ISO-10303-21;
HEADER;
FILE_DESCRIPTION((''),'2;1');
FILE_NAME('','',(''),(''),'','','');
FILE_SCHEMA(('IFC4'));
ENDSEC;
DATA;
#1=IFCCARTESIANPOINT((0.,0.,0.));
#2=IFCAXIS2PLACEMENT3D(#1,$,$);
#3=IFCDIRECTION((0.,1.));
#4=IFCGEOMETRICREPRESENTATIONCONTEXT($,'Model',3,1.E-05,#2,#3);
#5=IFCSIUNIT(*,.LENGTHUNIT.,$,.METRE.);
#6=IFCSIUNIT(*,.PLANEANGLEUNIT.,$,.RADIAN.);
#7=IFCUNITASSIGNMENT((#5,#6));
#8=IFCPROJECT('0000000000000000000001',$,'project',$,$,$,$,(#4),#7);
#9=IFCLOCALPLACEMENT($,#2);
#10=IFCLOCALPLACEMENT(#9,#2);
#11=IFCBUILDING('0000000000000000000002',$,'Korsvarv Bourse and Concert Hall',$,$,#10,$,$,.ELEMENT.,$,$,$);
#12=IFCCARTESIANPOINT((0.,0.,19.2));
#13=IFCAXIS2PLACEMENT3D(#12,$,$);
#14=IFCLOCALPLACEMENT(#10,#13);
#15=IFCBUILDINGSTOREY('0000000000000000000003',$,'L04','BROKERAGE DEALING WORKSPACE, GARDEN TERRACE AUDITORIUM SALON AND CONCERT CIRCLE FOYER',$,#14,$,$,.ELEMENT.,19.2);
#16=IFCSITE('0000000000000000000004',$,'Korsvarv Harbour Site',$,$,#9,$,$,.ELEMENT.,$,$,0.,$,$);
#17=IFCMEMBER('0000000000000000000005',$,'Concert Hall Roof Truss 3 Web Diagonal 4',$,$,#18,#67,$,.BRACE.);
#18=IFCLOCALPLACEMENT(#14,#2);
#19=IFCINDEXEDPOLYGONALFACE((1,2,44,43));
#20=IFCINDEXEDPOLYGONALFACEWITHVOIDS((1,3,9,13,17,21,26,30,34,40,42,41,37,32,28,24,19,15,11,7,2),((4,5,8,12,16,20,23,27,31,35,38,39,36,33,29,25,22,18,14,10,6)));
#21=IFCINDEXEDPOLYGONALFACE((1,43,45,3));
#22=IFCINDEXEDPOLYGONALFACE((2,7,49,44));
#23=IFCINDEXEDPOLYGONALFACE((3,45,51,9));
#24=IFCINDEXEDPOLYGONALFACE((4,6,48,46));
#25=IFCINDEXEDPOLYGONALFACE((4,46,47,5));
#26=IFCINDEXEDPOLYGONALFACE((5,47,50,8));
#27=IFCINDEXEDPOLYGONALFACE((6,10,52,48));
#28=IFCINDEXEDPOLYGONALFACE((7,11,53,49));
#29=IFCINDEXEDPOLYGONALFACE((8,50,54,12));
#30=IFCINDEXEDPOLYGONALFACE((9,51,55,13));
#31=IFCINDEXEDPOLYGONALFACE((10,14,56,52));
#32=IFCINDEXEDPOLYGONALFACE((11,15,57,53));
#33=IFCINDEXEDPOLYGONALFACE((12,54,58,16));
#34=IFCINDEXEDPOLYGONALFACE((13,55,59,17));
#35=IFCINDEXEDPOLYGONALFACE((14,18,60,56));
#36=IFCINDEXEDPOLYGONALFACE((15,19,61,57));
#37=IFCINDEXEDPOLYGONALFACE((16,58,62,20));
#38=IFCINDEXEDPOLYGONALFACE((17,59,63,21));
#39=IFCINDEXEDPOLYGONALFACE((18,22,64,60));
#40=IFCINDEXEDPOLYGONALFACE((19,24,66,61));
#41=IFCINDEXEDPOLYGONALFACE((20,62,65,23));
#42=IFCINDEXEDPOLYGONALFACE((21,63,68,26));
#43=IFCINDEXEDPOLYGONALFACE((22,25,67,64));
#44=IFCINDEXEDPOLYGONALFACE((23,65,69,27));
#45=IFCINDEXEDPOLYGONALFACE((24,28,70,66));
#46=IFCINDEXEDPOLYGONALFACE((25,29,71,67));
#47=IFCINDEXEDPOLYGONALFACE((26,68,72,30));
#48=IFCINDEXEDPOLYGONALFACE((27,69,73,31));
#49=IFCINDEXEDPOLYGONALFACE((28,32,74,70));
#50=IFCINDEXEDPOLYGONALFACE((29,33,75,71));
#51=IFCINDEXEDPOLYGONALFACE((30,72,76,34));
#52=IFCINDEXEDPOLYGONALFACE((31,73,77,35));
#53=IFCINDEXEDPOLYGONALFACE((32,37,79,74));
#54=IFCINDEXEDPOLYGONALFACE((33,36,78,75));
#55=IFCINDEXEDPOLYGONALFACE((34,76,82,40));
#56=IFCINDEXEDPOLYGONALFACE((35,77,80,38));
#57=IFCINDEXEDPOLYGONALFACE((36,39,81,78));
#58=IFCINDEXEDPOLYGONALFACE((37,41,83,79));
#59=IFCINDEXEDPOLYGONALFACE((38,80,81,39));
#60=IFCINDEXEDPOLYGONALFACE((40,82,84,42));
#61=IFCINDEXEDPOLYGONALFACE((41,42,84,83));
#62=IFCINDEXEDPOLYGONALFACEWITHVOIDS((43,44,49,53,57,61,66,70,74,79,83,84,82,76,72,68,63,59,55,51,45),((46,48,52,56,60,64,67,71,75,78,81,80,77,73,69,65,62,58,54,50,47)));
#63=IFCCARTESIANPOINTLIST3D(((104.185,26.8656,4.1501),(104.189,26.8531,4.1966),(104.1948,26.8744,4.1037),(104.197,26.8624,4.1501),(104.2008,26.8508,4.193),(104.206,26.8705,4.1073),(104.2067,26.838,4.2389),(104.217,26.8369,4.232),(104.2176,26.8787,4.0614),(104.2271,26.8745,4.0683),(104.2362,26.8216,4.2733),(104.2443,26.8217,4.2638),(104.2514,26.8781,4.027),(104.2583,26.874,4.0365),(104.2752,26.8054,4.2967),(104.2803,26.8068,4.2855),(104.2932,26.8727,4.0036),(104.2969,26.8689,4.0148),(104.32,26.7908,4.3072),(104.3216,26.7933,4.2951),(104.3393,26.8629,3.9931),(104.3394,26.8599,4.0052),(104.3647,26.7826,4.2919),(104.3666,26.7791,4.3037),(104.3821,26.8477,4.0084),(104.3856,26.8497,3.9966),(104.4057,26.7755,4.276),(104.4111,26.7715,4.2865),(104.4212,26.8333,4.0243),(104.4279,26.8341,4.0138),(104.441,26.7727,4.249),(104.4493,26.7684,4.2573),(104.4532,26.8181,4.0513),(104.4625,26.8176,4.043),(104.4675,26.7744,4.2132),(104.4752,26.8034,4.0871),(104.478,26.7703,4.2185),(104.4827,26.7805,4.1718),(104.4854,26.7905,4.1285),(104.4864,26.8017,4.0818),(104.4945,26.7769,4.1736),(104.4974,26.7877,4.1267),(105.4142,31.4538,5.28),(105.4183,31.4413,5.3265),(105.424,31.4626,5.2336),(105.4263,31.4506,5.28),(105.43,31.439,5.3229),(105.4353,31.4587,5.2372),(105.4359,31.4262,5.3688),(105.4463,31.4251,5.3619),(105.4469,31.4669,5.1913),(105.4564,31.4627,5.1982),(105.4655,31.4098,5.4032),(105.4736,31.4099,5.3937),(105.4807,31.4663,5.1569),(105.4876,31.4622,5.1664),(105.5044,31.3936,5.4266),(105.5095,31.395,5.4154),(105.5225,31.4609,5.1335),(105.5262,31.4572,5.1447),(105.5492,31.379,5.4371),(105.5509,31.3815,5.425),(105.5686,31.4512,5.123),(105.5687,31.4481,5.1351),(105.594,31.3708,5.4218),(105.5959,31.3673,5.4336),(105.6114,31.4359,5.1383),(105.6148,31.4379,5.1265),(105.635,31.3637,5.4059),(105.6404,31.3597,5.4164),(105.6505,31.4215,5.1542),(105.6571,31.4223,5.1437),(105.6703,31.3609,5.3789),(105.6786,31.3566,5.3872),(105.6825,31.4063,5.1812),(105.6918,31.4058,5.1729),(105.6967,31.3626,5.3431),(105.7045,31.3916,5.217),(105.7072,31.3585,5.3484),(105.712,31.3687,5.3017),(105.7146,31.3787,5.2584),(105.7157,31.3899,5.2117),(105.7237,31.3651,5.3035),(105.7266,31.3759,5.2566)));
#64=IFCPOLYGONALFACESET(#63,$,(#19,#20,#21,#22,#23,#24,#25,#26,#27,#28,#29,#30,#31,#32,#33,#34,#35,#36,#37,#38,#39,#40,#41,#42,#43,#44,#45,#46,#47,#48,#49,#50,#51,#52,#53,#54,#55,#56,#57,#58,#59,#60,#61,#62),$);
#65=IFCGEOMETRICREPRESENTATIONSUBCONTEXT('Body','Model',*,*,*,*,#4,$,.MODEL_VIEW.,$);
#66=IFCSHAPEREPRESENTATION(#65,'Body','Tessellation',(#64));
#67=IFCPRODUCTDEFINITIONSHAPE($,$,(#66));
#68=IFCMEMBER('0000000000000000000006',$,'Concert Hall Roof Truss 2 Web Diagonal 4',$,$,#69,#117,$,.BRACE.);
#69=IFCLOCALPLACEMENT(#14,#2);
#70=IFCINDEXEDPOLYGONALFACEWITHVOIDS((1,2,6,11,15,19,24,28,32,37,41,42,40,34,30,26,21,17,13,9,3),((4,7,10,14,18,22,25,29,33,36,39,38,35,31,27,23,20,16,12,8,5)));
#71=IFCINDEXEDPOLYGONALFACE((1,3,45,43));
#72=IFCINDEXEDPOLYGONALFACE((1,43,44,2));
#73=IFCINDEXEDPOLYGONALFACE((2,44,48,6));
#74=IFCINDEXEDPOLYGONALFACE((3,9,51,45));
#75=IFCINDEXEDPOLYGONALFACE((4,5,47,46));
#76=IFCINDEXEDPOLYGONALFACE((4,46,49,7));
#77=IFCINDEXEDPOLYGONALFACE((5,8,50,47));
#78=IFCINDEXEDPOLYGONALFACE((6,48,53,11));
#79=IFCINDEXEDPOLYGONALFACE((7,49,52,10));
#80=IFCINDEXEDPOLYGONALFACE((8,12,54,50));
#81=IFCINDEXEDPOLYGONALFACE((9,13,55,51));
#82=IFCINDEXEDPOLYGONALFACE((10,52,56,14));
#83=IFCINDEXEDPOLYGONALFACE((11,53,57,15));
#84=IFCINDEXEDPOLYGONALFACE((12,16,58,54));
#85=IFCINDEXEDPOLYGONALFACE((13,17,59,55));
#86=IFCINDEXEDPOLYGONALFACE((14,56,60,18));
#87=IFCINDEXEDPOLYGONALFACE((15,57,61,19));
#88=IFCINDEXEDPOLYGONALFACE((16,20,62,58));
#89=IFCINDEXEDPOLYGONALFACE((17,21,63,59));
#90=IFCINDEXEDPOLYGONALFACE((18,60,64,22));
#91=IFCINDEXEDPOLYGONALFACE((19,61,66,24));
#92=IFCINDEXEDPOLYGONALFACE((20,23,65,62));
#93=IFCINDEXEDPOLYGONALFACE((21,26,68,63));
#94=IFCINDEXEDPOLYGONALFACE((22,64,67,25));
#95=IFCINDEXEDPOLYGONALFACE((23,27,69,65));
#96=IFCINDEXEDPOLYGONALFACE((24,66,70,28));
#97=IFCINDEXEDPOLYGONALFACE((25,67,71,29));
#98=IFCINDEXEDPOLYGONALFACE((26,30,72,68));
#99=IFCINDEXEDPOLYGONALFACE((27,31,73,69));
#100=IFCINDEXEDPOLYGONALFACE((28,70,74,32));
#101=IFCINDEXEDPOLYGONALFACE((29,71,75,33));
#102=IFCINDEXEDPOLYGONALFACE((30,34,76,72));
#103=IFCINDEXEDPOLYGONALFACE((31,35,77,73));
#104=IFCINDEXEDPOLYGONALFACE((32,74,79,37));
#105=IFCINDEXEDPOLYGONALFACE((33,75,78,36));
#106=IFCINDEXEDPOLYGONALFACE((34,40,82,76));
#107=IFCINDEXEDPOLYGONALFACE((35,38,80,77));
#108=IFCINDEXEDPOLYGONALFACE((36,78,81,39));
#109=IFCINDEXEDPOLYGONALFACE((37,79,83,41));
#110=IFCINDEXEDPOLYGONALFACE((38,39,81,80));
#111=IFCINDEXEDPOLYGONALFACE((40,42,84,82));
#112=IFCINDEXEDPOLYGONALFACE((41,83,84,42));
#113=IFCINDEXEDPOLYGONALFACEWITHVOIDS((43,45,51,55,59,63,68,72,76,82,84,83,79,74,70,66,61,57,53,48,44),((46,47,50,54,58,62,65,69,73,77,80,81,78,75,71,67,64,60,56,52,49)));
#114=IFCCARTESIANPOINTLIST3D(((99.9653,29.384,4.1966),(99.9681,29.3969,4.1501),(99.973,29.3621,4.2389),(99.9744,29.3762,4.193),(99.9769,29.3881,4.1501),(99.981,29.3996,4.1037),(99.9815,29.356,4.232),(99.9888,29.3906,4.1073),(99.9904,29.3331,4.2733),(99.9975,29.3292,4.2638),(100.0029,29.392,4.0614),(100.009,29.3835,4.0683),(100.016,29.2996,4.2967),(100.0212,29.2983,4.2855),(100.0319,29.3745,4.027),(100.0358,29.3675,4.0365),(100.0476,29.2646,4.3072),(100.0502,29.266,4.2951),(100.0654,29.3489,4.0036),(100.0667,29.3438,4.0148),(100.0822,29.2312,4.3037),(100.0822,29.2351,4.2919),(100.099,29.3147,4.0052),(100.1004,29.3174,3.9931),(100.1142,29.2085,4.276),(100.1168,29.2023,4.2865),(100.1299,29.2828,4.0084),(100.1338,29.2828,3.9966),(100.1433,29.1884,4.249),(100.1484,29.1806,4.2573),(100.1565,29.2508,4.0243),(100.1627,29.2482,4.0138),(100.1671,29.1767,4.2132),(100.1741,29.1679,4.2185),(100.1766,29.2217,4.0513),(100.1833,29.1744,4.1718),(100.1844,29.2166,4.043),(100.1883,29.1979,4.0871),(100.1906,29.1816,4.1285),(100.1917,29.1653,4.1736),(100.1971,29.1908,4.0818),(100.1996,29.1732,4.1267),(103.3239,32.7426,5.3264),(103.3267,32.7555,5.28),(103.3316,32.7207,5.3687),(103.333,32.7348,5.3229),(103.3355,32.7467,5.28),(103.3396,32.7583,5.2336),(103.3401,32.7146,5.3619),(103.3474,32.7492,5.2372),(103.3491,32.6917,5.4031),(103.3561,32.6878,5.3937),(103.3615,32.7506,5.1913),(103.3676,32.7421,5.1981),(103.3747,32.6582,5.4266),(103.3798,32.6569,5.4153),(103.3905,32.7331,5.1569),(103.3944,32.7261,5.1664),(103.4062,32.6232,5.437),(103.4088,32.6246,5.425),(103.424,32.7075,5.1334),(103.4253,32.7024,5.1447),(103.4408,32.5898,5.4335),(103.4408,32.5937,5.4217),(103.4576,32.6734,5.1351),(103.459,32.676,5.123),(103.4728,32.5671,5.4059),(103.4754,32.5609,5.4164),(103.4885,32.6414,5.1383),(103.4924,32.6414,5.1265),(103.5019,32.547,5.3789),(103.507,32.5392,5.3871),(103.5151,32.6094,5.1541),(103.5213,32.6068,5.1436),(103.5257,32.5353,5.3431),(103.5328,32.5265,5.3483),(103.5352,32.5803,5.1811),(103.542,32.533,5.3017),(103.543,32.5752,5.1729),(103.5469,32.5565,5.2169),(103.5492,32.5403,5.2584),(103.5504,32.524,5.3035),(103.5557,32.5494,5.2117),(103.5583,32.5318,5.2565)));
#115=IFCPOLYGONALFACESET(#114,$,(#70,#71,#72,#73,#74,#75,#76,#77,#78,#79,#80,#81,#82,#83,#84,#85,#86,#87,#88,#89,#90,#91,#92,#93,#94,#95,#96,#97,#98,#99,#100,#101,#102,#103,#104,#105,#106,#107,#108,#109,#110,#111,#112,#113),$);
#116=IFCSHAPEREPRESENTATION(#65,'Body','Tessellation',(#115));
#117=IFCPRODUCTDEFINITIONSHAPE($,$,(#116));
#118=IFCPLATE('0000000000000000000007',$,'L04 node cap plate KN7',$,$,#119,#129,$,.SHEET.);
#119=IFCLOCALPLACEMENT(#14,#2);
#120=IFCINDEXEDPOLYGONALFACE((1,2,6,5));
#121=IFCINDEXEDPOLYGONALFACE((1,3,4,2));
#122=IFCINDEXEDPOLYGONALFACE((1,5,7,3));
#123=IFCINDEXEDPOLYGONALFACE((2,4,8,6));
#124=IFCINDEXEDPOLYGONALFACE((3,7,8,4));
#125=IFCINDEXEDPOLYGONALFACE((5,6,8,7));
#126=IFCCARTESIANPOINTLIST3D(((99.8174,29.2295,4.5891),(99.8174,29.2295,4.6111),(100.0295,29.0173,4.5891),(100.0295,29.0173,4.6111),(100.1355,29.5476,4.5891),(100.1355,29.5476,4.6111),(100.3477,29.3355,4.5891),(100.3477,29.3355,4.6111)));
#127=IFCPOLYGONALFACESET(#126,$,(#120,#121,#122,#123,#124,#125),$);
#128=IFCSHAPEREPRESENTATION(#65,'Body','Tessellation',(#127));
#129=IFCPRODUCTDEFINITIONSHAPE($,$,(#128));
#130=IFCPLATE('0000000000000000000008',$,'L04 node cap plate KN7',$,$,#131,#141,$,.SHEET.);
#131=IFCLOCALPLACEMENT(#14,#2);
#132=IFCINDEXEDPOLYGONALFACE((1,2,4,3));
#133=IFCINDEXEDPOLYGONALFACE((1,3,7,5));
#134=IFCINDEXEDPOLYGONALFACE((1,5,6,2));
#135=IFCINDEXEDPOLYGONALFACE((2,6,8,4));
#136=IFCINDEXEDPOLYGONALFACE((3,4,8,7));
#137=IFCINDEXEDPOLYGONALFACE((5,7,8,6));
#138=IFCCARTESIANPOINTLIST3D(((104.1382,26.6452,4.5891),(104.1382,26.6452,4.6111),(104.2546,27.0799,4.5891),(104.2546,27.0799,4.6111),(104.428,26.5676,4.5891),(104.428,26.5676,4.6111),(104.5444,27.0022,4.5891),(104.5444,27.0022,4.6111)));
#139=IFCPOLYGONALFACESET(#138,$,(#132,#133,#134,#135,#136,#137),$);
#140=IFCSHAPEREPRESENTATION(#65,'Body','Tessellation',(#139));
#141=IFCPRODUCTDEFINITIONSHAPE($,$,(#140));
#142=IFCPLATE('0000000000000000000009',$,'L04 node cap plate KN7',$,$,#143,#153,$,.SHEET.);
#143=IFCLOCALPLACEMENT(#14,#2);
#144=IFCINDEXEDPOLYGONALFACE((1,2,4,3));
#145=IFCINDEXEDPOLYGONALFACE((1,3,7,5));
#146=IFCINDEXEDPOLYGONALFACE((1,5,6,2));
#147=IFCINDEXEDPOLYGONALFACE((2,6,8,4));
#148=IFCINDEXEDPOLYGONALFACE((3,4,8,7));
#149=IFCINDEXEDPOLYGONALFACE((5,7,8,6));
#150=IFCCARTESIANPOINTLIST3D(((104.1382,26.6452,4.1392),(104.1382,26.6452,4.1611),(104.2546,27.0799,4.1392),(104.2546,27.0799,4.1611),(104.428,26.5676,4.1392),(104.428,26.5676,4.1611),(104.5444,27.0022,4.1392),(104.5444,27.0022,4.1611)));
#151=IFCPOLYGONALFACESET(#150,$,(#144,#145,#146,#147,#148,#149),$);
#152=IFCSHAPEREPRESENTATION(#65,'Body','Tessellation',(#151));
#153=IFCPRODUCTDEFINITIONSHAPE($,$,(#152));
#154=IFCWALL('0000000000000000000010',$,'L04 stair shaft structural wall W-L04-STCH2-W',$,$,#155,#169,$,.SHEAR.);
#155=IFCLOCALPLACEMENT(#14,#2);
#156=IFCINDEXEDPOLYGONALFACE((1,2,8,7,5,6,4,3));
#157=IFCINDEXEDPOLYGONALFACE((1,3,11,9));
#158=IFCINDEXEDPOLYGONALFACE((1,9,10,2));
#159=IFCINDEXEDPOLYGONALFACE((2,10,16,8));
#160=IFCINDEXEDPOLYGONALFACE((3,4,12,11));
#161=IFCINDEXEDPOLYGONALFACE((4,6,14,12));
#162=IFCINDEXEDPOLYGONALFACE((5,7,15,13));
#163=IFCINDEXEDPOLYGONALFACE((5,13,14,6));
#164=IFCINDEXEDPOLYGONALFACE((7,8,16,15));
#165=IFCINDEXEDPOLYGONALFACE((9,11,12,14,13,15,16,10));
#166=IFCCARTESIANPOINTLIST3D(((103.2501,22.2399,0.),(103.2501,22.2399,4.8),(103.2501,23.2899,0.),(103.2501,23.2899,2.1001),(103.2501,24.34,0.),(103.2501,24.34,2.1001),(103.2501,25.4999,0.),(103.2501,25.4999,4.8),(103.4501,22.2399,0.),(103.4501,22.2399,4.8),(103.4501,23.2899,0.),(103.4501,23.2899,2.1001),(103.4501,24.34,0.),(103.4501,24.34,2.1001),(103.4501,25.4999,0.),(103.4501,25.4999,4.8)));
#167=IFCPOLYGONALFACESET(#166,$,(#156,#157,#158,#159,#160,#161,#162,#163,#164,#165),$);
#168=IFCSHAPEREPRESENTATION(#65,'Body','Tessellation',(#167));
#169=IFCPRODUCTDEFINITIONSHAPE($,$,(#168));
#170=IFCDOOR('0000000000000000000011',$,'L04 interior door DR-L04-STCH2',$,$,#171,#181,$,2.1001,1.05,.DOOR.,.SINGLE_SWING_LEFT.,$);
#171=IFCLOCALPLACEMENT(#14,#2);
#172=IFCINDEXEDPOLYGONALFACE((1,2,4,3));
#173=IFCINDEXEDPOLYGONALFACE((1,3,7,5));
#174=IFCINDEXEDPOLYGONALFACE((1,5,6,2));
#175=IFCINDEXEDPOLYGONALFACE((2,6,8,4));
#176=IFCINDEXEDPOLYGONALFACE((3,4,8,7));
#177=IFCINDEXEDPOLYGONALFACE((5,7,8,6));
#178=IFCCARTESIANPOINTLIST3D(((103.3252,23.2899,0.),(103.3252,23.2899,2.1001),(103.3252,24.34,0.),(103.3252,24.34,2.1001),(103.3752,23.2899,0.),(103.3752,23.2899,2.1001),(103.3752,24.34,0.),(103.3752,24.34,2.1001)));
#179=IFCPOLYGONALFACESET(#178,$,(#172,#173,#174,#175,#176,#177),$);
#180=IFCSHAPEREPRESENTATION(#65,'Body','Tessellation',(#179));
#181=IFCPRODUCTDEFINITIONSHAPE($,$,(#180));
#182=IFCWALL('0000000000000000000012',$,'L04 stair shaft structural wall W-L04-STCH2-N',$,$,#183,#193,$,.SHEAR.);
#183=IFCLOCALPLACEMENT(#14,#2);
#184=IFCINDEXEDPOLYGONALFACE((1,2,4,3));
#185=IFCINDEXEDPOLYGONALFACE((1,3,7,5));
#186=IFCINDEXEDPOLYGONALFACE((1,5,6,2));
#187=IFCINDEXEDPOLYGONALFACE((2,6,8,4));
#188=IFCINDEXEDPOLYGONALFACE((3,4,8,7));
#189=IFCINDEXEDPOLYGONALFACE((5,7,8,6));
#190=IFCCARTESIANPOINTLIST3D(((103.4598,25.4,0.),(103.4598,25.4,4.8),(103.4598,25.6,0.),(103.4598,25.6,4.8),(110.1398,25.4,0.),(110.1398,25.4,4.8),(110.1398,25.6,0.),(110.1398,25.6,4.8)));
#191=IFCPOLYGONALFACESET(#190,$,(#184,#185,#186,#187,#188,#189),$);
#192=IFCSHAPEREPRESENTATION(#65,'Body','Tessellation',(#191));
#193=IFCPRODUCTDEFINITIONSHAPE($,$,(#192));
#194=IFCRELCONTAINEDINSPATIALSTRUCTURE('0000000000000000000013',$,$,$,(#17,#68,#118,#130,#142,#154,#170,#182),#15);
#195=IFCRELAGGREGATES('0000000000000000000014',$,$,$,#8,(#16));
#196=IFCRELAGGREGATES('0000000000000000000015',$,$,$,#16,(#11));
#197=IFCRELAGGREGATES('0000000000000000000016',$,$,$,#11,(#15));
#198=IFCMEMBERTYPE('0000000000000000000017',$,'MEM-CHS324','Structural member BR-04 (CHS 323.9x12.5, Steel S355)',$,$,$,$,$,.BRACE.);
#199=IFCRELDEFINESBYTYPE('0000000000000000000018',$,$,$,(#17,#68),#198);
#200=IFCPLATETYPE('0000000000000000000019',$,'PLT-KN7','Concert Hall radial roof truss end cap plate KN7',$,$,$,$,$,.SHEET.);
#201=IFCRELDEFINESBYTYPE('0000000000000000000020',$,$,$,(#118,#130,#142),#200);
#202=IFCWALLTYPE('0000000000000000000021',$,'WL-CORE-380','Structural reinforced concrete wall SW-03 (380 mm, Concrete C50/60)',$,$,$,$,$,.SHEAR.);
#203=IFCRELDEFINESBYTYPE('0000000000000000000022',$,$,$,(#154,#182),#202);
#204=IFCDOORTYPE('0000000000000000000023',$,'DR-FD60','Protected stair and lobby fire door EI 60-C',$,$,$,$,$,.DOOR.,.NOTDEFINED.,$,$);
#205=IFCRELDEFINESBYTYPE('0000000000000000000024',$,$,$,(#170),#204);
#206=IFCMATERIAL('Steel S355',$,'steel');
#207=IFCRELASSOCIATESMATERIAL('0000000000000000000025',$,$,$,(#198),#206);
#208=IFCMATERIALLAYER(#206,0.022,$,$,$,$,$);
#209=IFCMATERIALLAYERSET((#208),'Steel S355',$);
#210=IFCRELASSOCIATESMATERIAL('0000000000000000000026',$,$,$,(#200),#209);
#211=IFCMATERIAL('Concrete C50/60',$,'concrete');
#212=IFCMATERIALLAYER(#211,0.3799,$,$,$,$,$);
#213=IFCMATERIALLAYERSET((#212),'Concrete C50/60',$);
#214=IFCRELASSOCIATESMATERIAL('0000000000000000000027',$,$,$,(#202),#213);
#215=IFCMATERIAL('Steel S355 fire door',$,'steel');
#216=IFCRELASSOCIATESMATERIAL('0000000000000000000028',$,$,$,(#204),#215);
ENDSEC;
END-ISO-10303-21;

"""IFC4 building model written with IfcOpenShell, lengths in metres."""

from ifc_helpers import new_model, si_unit, direction, frame, frame_2d, origin, origin_2d, place, context, subcontext, project, spatial, rectangle, hollow_circle, extrude, source, transform, mapped, material, layer, layer_set, material_profile, profile_set, type_object, element, fill, save


model = new_model("IFC4")

# Units and contexts
model_context = context("Model", 3, precision=1e-05, world=origin(), true_north=direction((0.0, 1.0)))
body_context = subcontext(model_context, "Body", "Model", "MODEL_VIEW")
ifc_project = project(units=[si_unit("LENGTHUNIT", "METRE"), si_unit("PLANEANGLEUNIT", "RADIAN")], contexts=[model_context])

# Site, building, storey
site_placement = place(None, origin())
site = spatial("IfcSite", under=ifc_project, at=site_placement, Name="Korsvarv Harbour Site", CompositionType="ELEMENT", RefElevation=0.0)
building_placement = place(site_placement, origin())
building = spatial("IfcBuilding", under=site, at=building_placement, Name="Korsvarv Bourse and Concert Hall", CompositionType="ELEMENT")
storey_placement = place(building_placement, frame((0.0, 0.0, 19.2)))
storey = spatial("IfcBuildingStorey", under=building, at=storey_placement, Name="L04", Description="BROKERAGE DEALING WORKSPACE, GARDEN TERRACE AUDITORIUM SALON AND CONCERT CIRCLE FOYER", CompositionType="ELEMENT", Elevation=19.2)

# Shared definitions
ifc_material_1 = material(Name="Concrete C50/60", Category="concrete")

# Shared definitions
ifc_material_2 = material(Name="Steel S355", Category="steel")

# Members
ifc_material_profile_1 = material_profile(ifc_material_2, hollow_circle(Radius=0.1619, WallThickness=0.0125, at=origin_2d()), Name="CHS 323.9x12.5")
ifc_profile_set_1 = profile_set([ifc_material_profile_1], Name="Steel S355")
member_type = type_object("IfcMemberType", Name="MEM-CHS324", Description="Structural member BR-04 (CHS 323.9x12.5, Steel S355)", PredefinedType="BRACE", material=ifc_profile_set_1)
shared_shape_1 = source(origin(), body_context, "Body", "SweptSolid", [
    extrude(hollow_circle(Radius=0.1619, WallThickness=0.0125, at=origin_2d()), origin(), (0.0, 0.0, 1.0), 4.8826),
])
member_1_placement = place(storey_placement, frame((104.3413, 26.8237, 4.1501), z_axis=(0.251767, 0.939713, 0.231415), x_axis=(-0.965933, 0.258792, 0.0)))
element("IfcMember", 1, at=member_1_placement, inside=storey, type_object=member_type, Name="Concert Hall Roof Truss 3 Web Diagonal 4", PredefinedType="BRACE", context=body_context, shape_type="MappedRepresentation", body=[
    mapped(shared_shape_1, transform((0.0, 0.0, 0.0), scale=1.0)),
])
shared_shape_2 = source(origin(), body_context, "Body", "SweptSolid", [
    extrude(hollow_circle(Radius=0.1619, WallThickness=0.0125, at=origin_2d()), origin(), (0.0, 0.0, 1.0), 4.8823),
])
member_2_placement = place(storey_placement, frame((100.0825, 29.2825, 4.1501), z_axis=(0.687912, 0.687912, 0.231421), x_axis=(-0.707107, 0.707107, 0.0)))
element("IfcMember", 2, at=member_2_placement, inside=storey, type_object=member_type, Name="Concert Hall Roof Truss 2 Web Diagonal 4", PredefinedType="BRACE", context=body_context, shape_type="MappedRepresentation", body=[
    mapped(shared_shape_2, transform((0.0, 0.0, 0.0), scale=1.0)),
])

# Plates
ifc_layer_1 = layer(ifc_material_2, 0.022)
ifc_layer_set_1 = layer_set([ifc_layer_1], Name="Steel S355")
plate_type = type_object("IfcPlateType", Name="PLT-KN7", Description="Concert Hall radial roof truss end cap plate KN7", PredefinedType="SHEET", material=ifc_layer_set_1)
shared_shape_3 = source(origin(), body_context, "Body", "SweptSolid", [
    extrude(rectangle(XDim=0.45, YDim=0.3, at=origin_2d()), origin(), (0.0, 0.0, 1.0), 0.022),
])
for number, where, z_axis, x_axis, name in (
    (3, (100.0825, 29.2825, 4.5891), (0.0, 0.0, 1.0), (0.707107, 0.707107, 0.0), "L04 node cap plate KN7"),
    (4, (104.3413, 26.8237, 4.5891), (0.0, 0.0, 1.0), (0.258819, 0.965926, 0.0), "L04 node cap plate KN7"),
    (5, (104.3413, 26.8237, 4.1392), (0.0, 0.0, 1.0), (0.258819, 0.965926, 0.0), "L04 node cap plate KN7"),
):
    element("IfcPlate", number, at=place(storey_placement, frame(where, z_axis=z_axis, x_axis=x_axis)), inside=storey, type_object=plate_type, Name=name, PredefinedType="SHEET", context=body_context, shape_type="MappedRepresentation", body=[
        mapped(shared_shape_3, transform((0.0, 0.0, 0.0), scale=1.0)),
    ])

# Wall, opening, door
ifc_layer_2 = layer(ifc_material_1, 0.3799)
ifc_layer_set_2 = layer_set([ifc_layer_2], Name="Concrete C50/60")
wall_type_1 = type_object("IfcWallType", Name="WL-CORE-380", Description="Structural reinforced concrete wall SW-03 (380 mm, Concrete C50/60)", PredefinedType="SHEAR", material=ifc_layer_set_2)
wall_1_placement = place(storey_placement, frame((103.3501, 22.24, 0.0), z_axis=(0.0, 0.0, 1.0), x_axis=(0.0, 1.0, 0.0)))
wall_1 = element("IfcWall", 6, at=wall_1_placement, inside=storey, type_object=wall_type_1, Name="L04 stair shaft structural wall W-L04-STCH2-W", PredefinedType="SHEAR", context=body_context, shape_type="SweptSolid", body=[
    extrude(rectangle(XDim=3.26, YDim=0.2, at=frame_2d((1.6299, 0.0))), origin(), (0.0, 0.0, 1.0), 4.8),
])
opening_placement = place(wall_1_placement, frame((1.05, 0.0, 0.0)))
opening = element("IfcOpeningElement", 7, at=opening_placement, cuts=wall_1, PredefinedType="OPENING", context=body_context, shape_type="SweptSolid", body=[
    extrude(rectangle(XDim=1.05, YDim=2.1001, at=frame_2d((0.5249, 1.05))), frame((0.0, 0.1099, 0.0), z_axis=(0.0, -1.0, 0.0), x_axis=(1.0, 0.0, 0.0)), (0.0, 0.0, 1.0), 0.22),
])
ifc_material_3 = material(Name="Steel S355 fire door", Category="steel")
door_type = type_object("IfcDoorType", Name="DR-FD60", Description="Protected stair and lobby fire door EI 60-C", OperationType="NOTDEFINED", PredefinedType="DOOR", material=ifc_material_3)
door_placement = place(opening_placement, origin())
door = element("IfcDoor", 8, at=door_placement, inside=storey, type_object=door_type, Name="L04 interior door DR-L04-STCH2", OperationType="SINGLE_SWING_LEFT", OverallHeight=2.1001, OverallWidth=1.05, PredefinedType="DOOR", context=body_context, shape_type="SweptSolid", body=[
    extrude(rectangle(XDim=1.05, YDim=2.1001, at=frame_2d((0.5249, 1.05))), frame((0.0, 0.0249, 0.0), z_axis=(0.0, -1.0, 0.0), x_axis=(1.0, 0.0, 0.0)), (0.0, 0.0, 1.0), 0.05),
])
fill(opening, door)

# Wall
for number, where, z_axis, x_axis, name in (
    (9, (103.46, 25.5, 0.0), (0.0, 0.0, 1.0), (1.0, 0.0, 0.0), "L04 stair shaft structural wall W-L04-STCH2-N"),
):
    element("IfcWall", number, at=place(storey_placement, frame(where, z_axis=z_axis, x_axis=x_axis)), inside=storey, type_object=wall_type_1, Name=name, PredefinedType="SHEAR", context=body_context, shape_type="SweptSolid", body=[
        extrude(rectangle(XDim=6.6799, YDim=0.2, at=frame_2d((3.3398, 0.0))), origin(), (0.0, 0.0, 1.0), 4.8),
    ])

save(model, "model.ifc")
